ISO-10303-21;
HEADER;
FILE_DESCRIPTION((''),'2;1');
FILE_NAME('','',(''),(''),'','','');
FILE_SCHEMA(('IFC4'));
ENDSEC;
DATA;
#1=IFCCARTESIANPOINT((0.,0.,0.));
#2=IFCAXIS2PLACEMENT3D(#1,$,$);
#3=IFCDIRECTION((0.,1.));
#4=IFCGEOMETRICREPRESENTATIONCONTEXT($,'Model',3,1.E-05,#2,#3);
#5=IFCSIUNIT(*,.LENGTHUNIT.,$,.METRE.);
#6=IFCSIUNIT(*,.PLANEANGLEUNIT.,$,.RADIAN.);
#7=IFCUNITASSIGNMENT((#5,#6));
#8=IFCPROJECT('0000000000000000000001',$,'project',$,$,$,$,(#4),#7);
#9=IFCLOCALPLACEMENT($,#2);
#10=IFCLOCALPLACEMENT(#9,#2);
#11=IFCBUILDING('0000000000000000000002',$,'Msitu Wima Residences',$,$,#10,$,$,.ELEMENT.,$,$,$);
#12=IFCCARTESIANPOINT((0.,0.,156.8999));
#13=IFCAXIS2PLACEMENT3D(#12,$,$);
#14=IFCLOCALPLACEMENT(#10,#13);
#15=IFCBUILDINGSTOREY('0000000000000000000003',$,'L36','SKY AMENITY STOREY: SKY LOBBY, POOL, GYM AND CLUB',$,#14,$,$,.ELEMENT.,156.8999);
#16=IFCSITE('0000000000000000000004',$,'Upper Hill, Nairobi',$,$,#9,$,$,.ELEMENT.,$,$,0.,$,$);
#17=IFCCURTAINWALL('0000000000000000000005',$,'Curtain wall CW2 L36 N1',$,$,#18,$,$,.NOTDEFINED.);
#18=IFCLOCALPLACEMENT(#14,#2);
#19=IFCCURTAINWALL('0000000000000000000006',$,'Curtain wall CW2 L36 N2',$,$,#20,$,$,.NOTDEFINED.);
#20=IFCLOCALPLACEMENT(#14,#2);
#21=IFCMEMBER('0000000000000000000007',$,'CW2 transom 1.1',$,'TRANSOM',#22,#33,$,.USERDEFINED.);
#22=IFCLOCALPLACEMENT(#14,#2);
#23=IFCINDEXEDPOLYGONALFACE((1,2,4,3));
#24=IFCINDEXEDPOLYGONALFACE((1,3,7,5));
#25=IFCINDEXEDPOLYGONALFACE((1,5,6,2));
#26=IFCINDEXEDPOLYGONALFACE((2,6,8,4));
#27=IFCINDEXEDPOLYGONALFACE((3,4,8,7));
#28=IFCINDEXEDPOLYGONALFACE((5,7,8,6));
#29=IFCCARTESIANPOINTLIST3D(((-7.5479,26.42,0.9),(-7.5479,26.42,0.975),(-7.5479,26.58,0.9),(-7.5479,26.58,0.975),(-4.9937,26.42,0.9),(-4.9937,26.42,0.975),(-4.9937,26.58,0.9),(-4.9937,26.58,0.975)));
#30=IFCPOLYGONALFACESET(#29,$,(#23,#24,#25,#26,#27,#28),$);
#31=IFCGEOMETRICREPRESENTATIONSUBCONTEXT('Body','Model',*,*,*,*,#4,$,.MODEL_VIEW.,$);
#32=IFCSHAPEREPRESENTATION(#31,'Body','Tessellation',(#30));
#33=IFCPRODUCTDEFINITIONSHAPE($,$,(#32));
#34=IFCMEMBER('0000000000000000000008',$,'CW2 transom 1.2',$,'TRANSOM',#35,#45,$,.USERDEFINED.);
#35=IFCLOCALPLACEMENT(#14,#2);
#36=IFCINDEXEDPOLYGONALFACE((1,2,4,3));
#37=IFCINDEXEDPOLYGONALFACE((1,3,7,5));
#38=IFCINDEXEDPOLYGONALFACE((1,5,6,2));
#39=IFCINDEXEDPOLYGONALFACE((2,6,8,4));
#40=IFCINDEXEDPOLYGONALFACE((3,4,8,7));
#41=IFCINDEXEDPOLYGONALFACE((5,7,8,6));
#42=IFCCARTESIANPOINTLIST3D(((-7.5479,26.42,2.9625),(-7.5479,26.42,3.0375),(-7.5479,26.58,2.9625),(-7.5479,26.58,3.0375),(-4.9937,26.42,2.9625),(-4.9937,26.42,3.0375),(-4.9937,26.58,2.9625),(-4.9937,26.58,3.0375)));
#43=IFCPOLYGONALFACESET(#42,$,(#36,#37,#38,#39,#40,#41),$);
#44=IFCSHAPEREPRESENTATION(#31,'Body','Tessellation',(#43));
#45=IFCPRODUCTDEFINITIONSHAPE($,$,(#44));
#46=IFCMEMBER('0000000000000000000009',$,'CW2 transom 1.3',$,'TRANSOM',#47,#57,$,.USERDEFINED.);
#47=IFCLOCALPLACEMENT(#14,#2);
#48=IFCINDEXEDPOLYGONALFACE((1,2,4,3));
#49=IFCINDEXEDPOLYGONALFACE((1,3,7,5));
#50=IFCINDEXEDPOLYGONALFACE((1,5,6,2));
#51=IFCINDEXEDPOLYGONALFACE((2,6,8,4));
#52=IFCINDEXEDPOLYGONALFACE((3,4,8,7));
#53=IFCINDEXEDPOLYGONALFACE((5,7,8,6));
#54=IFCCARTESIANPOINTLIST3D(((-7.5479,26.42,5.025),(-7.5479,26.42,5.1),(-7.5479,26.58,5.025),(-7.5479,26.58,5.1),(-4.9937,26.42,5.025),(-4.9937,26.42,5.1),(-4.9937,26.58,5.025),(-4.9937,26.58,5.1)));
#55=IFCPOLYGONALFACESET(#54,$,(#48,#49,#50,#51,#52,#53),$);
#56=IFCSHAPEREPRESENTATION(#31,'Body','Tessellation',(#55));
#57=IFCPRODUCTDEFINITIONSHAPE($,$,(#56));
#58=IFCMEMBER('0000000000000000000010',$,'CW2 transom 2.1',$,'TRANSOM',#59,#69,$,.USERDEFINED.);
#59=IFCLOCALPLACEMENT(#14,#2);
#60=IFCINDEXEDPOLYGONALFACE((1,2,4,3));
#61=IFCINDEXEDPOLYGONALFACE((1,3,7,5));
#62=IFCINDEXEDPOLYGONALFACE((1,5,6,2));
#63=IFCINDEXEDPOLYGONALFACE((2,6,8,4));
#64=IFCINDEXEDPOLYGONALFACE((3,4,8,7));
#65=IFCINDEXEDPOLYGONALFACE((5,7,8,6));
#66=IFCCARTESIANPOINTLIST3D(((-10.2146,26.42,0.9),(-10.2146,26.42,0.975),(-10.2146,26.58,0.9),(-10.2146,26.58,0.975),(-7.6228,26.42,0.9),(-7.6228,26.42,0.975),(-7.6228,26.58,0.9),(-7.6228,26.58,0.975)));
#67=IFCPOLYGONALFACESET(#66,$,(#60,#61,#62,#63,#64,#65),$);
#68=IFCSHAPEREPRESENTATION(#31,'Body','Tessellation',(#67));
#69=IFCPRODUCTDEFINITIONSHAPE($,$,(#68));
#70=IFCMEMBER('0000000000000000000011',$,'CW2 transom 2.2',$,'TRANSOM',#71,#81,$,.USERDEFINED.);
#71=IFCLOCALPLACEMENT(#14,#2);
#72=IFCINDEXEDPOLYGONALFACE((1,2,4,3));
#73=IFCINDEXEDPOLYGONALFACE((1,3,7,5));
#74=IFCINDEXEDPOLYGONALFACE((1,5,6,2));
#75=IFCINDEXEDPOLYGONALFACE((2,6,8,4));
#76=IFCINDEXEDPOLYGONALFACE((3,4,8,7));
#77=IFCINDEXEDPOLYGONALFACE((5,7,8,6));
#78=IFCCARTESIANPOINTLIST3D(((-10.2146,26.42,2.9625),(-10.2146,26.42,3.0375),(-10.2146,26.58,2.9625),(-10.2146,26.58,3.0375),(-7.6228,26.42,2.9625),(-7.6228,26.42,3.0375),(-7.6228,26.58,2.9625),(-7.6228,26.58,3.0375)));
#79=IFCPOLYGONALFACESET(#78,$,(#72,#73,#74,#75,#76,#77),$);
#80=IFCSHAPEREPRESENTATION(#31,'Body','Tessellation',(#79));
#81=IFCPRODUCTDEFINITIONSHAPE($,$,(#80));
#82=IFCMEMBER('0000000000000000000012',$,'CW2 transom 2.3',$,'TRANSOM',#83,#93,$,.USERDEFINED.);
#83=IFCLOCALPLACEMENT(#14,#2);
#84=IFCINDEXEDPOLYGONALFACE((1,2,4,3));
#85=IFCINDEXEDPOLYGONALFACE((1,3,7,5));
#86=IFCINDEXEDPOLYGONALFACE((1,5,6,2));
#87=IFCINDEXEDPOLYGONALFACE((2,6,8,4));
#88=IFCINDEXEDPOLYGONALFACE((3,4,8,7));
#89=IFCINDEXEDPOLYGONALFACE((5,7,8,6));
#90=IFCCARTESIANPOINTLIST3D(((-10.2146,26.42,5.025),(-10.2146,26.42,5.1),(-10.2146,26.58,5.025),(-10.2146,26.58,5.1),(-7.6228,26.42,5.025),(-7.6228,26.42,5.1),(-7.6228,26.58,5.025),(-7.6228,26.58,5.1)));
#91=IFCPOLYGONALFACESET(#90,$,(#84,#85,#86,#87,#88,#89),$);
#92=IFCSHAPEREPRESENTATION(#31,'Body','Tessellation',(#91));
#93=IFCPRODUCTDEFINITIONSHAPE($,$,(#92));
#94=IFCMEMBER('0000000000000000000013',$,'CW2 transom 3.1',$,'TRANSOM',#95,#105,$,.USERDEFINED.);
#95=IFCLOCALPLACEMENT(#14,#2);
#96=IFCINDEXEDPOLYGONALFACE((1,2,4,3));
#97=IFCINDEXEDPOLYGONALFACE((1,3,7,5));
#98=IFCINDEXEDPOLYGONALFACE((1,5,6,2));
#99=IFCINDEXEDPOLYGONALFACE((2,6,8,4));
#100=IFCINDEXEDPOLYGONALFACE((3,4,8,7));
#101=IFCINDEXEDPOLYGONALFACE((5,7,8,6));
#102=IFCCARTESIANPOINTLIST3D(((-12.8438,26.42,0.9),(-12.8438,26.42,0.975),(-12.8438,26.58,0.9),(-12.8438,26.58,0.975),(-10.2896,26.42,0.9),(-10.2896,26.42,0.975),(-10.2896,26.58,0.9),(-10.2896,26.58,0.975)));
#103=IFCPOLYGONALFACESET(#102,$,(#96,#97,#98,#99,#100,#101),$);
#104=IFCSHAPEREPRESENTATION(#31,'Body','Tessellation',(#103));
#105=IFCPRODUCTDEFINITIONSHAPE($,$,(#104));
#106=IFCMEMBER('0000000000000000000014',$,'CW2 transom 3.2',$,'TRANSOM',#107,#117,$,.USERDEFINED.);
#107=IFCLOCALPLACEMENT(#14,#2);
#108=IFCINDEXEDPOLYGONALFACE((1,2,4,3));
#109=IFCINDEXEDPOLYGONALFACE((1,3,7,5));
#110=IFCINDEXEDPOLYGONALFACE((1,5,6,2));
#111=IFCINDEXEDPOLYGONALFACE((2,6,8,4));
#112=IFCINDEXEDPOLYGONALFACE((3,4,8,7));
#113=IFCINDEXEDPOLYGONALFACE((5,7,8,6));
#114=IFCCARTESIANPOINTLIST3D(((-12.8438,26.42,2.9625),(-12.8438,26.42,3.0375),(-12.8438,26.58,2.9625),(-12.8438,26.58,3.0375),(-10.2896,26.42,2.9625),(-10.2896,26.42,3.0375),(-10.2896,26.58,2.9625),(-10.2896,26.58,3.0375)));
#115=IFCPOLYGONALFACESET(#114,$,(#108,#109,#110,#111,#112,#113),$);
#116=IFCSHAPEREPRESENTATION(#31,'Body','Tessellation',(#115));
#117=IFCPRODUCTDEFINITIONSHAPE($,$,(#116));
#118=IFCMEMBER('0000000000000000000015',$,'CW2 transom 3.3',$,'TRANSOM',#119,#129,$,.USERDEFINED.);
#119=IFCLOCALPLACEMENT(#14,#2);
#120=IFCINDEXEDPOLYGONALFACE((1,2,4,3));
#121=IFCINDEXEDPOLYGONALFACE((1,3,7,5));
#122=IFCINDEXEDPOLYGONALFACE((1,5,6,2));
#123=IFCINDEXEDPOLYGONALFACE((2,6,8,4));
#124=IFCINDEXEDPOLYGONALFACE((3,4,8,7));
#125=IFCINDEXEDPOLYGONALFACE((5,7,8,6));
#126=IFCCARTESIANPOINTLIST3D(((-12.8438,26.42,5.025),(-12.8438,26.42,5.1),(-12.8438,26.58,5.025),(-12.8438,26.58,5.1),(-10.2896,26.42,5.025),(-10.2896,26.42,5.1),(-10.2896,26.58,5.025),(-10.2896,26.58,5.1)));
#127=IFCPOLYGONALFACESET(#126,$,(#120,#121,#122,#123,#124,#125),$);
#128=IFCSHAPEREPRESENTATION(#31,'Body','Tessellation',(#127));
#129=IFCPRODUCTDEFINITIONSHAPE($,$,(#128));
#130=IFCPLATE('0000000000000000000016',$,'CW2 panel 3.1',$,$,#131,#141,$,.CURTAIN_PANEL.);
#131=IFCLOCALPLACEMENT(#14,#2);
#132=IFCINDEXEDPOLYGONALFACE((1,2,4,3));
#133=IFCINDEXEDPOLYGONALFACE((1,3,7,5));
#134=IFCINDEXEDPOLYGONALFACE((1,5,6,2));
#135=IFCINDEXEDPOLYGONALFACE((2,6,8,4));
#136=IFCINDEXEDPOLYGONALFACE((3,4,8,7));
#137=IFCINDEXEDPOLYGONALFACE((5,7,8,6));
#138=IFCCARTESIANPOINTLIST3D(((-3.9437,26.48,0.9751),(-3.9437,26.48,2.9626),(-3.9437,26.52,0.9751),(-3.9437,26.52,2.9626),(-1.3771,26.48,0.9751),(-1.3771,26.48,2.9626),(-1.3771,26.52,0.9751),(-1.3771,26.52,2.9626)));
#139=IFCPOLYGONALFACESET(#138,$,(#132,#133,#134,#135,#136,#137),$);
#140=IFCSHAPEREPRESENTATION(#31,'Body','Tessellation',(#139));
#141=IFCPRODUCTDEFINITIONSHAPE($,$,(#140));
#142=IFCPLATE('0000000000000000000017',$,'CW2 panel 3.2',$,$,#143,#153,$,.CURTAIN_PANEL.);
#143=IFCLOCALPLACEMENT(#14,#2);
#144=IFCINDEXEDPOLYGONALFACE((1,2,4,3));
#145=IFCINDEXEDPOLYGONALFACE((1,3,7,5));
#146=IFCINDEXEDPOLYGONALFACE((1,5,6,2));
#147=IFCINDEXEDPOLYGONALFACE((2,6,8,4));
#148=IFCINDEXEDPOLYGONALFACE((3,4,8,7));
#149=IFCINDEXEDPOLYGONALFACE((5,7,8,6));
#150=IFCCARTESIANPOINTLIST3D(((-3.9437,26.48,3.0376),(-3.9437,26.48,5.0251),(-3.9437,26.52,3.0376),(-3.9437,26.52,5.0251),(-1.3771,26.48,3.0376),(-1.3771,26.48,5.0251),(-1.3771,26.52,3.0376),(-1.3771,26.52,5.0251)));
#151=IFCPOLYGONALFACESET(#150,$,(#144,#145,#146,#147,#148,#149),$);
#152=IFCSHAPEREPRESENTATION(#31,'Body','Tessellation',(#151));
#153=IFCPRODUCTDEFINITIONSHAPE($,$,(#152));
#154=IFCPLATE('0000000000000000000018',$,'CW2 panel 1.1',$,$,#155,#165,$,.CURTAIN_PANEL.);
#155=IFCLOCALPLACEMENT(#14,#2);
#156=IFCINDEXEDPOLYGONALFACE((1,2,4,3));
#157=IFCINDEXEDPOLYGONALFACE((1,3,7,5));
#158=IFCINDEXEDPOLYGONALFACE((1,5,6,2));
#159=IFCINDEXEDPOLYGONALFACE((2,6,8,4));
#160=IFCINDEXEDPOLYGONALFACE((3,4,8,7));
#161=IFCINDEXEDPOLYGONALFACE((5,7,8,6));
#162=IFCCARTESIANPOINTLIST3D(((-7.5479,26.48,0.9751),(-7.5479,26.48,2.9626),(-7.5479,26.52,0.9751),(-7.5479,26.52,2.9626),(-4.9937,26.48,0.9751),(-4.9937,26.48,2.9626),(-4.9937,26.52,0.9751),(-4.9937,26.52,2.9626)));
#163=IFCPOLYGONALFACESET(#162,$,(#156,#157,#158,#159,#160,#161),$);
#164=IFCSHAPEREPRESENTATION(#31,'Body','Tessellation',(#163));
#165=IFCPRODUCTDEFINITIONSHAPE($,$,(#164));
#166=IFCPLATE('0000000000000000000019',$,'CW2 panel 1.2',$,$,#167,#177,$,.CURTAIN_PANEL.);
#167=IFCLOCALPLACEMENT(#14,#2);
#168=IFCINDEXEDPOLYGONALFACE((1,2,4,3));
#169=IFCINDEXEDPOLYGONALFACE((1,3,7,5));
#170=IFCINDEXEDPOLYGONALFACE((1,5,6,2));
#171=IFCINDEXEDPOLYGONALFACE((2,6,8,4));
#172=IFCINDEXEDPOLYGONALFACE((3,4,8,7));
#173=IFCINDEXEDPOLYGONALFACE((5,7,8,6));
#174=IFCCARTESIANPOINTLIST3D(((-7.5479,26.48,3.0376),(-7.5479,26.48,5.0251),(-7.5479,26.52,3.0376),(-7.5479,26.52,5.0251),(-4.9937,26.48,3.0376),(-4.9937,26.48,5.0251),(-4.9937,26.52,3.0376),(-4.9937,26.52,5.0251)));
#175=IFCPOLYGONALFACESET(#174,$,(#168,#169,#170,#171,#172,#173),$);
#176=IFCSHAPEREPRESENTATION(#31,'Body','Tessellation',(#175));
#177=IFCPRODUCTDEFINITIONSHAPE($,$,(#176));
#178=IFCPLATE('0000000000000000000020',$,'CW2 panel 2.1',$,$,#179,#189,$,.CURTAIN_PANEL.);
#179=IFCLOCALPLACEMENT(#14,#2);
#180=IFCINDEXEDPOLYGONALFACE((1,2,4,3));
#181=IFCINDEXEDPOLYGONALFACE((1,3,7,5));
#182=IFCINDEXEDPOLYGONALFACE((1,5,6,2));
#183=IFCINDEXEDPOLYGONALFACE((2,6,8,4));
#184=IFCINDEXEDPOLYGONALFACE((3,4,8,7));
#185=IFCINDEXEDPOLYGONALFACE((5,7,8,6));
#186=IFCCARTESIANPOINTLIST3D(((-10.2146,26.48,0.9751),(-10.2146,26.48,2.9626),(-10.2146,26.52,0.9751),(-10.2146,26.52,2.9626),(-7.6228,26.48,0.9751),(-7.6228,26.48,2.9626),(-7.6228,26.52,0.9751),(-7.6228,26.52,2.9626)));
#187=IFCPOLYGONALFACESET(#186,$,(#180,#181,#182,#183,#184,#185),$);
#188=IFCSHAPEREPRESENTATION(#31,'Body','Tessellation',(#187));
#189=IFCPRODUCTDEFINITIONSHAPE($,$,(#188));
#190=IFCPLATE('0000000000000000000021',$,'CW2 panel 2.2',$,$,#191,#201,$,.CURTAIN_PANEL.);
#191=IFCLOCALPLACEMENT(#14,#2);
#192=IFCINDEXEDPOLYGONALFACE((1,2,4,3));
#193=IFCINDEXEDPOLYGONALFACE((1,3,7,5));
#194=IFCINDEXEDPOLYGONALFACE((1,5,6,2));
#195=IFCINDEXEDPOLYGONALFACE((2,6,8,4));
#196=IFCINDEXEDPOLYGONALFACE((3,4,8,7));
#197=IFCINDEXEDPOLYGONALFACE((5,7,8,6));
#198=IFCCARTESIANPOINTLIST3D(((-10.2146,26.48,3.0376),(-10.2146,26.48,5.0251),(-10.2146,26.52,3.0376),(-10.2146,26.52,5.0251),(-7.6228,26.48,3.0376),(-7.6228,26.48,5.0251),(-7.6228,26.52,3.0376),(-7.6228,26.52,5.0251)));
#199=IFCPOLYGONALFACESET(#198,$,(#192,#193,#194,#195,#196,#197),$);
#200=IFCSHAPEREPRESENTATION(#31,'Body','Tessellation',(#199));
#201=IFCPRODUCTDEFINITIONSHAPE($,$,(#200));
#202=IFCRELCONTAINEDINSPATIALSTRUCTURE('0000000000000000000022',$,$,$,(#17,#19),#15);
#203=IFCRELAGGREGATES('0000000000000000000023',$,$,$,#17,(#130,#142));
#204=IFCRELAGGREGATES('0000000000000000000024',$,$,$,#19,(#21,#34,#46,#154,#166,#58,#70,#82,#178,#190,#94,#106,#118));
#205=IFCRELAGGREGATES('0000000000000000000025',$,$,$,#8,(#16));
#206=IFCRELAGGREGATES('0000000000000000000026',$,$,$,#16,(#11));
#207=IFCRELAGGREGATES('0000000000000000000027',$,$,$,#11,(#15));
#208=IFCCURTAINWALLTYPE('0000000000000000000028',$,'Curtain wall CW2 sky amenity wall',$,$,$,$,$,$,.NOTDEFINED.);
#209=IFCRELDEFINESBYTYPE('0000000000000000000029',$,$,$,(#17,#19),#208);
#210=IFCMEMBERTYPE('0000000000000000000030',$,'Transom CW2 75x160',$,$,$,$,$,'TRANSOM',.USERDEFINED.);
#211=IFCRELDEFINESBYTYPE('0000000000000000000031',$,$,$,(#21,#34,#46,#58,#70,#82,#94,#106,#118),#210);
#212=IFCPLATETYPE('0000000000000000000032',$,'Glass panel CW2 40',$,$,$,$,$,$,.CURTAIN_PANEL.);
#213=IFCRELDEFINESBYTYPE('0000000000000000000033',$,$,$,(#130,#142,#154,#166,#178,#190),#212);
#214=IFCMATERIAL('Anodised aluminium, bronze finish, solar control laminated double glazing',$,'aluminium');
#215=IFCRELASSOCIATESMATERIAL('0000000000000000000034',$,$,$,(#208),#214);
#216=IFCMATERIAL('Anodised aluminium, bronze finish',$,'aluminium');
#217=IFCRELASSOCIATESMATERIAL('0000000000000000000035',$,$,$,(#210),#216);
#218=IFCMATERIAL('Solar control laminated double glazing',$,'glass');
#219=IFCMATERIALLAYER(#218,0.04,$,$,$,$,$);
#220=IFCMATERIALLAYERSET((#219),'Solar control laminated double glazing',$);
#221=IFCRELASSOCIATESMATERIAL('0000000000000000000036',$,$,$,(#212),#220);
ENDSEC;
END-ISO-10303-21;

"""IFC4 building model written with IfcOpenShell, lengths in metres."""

from ifc_helpers import new_model, si_unit, direction, frame, origin, origin_2d, place, context, subcontext, project, spatial, rectangle, extrude, material, layer, layer_set, material_profile, profile_set, type_object, element, aggregate, save


model = new_model("IFC4")

# Units and contexts
model_context = context("Model", 3, precision=1e-05, world=origin(), true_north=direction((0.0, 1.0)))
body_context = subcontext(model_context, "Body", "Model", "MODEL_VIEW")
ifc_project = project(units=[si_unit("LENGTHUNIT", "METRE"), si_unit("PLANEANGLEUNIT", "RADIAN")], contexts=[model_context])

# Site, building, storey
site_placement = place(None, origin())
site = spatial("IfcSite", under=ifc_project, at=site_placement, Name="Upper Hill, Nairobi", CompositionType="ELEMENT", RefElevation=0.0)
building_placement = place(site_placement, origin())
building = spatial("IfcBuilding", under=site, at=building_placement, Name="Msitu Wima Residences", CompositionType="ELEMENT")
storey_placement = place(building_placement, frame((0.0, 0.0, 156.8999)))
storey = spatial("IfcBuildingStorey", under=building, at=storey_placement, Name="L36", Description="SKY AMENITY STOREY: SKY LOBBY, POOL, GYM AND CLUB", CompositionType="ELEMENT", Elevation=156.8999)

# Curtain walls
ifc_material_1 = material(Name="Anodised aluminium, bronze finish, solar control laminated double glazing", Category="aluminium")
curtain_wall_type = type_object("IfcCurtainWallType", Name="Curtain wall CW2 sky amenity wall", PredefinedType="NOTDEFINED", material=ifc_material_1)
curtain_wall_1_placement = place(storey_placement, origin())
curtain_wall_1 = element("IfcCurtainWall", 1, at=curtain_wall_1_placement, inside=storey, type_object=curtain_wall_type, Name="Curtain wall CW2 L36 N1", PredefinedType="NOTDEFINED")
ifc_material_2 = material(Name="Anodised aluminium, bronze finish", Category="aluminium")
curtain_wall_2_placement = place(storey_placement, origin())
curtain_wall_2 = element("IfcCurtainWall", 2, at=curtain_wall_2_placement, inside=storey, type_object=curtain_wall_type, Name="Curtain wall CW2 L36 N2", PredefinedType="NOTDEFINED")

# Members
ifc_material_profile_1 = material_profile(ifc_material_2, rectangle(XDim=0.1599, YDim=0.075, at=origin_2d()), Name="Transom 75x160")
ifc_profile_set_1 = profile_set([ifc_material_profile_1], Name="Anodised aluminium, bronze finish")
member_type_1 = type_object("IfcMemberType", Name="Transom CW2 75x160", ElementType="TRANSOM", PredefinedType="USERDEFINED", material=ifc_profile_set_1)
member_1_placement = place(storey_placement, frame((-4.9937, 26.5, 0.9375), z_axis=(-1.0, 0.0, 0.0), x_axis=(0.0, -1.0, 0.0)))
member_1 = element("IfcMember", 3, at=member_1_placement, type_object=member_type_1, Name="CW2 transom 1.1", ObjectType="TRANSOM", PredefinedType="USERDEFINED", context=body_context, shape_type="SweptSolid", body=[
    extrude(rectangle(XDim=0.1599, YDim=0.075, at=origin_2d()), origin(), (0.0, 0.0, 1.0), 2.5542),
])
member_2_placement = place(storey_placement, frame((-4.9937, 26.5, 3.0), z_axis=(-1.0, 0.0, 0.0), x_axis=(0.0, -1.0, 0.0)))
member_2 = element("IfcMember", 4, at=member_2_placement, type_object=member_type_1, Name="CW2 transom 1.2", ObjectType="TRANSOM", PredefinedType="USERDEFINED", context=body_context, shape_type="SweptSolid", body=[
    extrude(rectangle(XDim=0.1599, YDim=0.075, at=origin_2d()), origin(), (0.0, 0.0, 1.0), 2.5542),
])
member_3_placement = place(storey_placement, frame((-4.9937, 26.5, 5.0625), z_axis=(-1.0, 0.0, 0.0), x_axis=(0.0, -1.0, 0.0)))
member_3 = element("IfcMember", 5, at=member_3_placement, type_object=member_type_1, Name="CW2 transom 1.3", ObjectType="TRANSOM", PredefinedType="USERDEFINED", context=body_context, shape_type="SweptSolid", body=[
    extrude(rectangle(XDim=0.1599, YDim=0.075, at=origin_2d()), origin(), (0.0, 0.0, 1.0), 2.5542),
])
member_4_placement = place(storey_placement, frame((-7.6228, 26.5, 0.9375), z_axis=(-1.0, 0.0, 0.0), x_axis=(0.0, -1.0, 0.0)))
member_4 = element("IfcMember", 6, at=member_4_placement, type_object=member_type_1, Name="CW2 transom 2.1", ObjectType="TRANSOM", PredefinedType="USERDEFINED", context=body_context, shape_type="SweptSolid", body=[
    extrude(rectangle(XDim=0.1599, YDim=0.075, at=origin_2d()), origin(), (0.0, 0.0, 1.0), 2.5918),
])
member_5_placement = place(storey_placement, frame((-7.6228, 26.5, 3.0), z_axis=(-1.0, 0.0, 0.0), x_axis=(0.0, -1.0, 0.0)))
member_5 = element("IfcMember", 7, at=member_5_placement, type_object=member_type_1, Name="CW2 transom 2.2", ObjectType="TRANSOM", PredefinedType="USERDEFINED", context=body_context, shape_type="SweptSolid", body=[
    extrude(rectangle(XDim=0.1599, YDim=0.075, at=origin_2d()), origin(), (0.0, 0.0, 1.0), 2.5918),
])
member_6_placement = place(storey_placement, frame((-7.6228, 26.5, 5.0625), z_axis=(-1.0, 0.0, 0.0), x_axis=(0.0, -1.0, 0.0)))
member_6 = element("IfcMember", 8, at=member_6_placement, type_object=member_type_1, Name="CW2 transom 2.3", ObjectType="TRANSOM", PredefinedType="USERDEFINED", context=body_context, shape_type="SweptSolid", body=[
    extrude(rectangle(XDim=0.1599, YDim=0.075, at=origin_2d()), origin(), (0.0, 0.0, 1.0), 2.5918),
])
member_7_placement = place(storey_placement, frame((-10.2896, 26.5, 0.9375), z_axis=(-1.0, 0.0, 0.0), x_axis=(0.0, -1.0, 0.0)))
member_7 = element("IfcMember", 9, at=member_7_placement, type_object=member_type_1, Name="CW2 transom 3.1", ObjectType="TRANSOM", PredefinedType="USERDEFINED", context=body_context, shape_type="SweptSolid", body=[
    extrude(rectangle(XDim=0.1599, YDim=0.075, at=origin_2d()), origin(), (0.0, 0.0, 1.0), 2.5542),
])
member_8_placement = place(storey_placement, frame((-10.2896, 26.5, 3.0), z_axis=(-1.0, 0.0, 0.0), x_axis=(0.0, -1.0, 0.0)))
member_8 = element("IfcMember", 10, at=member_8_placement, type_object=member_type_1, Name="CW2 transom 3.2", ObjectType="TRANSOM", PredefinedType="USERDEFINED", context=body_context, shape_type="SweptSolid", body=[
    extrude(rectangle(XDim=0.1599, YDim=0.075, at=origin_2d()), origin(), (0.0, 0.0, 1.0), 2.5542),
])
member_9_placement = place(storey_placement, frame((-10.2896, 26.5, 5.0625), z_axis=(-1.0, 0.0, 0.0), x_axis=(0.0, -1.0, 0.0)))
member_9 = element("IfcMember", 11, at=member_9_placement, type_object=member_type_1, Name="CW2 transom 3.3", ObjectType="TRANSOM", PredefinedType="USERDEFINED", context=body_context, shape_type="SweptSolid", body=[
    extrude(rectangle(XDim=0.1599, YDim=0.075, at=origin_2d()), origin(), (0.0, 0.0, 1.0), 2.5542),
])

# Plates
ifc_material_3 = material(Name="Solar control laminated double glazing", Category="glass")
ifc_layer_1 = layer(ifc_material_3, 0.04)
ifc_layer_set_1 = layer_set([ifc_layer_1], Name="Solar control laminated double glazing")
plate_type = type_object("IfcPlateType", Name="Glass panel CW2 40", PredefinedType="CURTAIN_PANEL", material=ifc_layer_set_1)
plate_1_placement = place(storey_placement, frame((-2.6604, 26.5, 0.9751), z_axis=(0.0, 0.0, 1.0), x_axis=(-1.0, 0.0, 0.0)))
plate_1 = element("IfcPlate", 12, at=plate_1_placement, type_object=plate_type, Name="CW2 panel 3.1", PredefinedType="CURTAIN_PANEL", context=body_context, shape_type="SweptSolid", body=[
    extrude(rectangle(XDim=2.5667, YDim=0.04, at=origin_2d()), origin(), (0.0, 0.0, 1.0), 1.9875),
])
plate_2_placement = place(storey_placement, frame((-2.6604, 26.5, 3.0376), z_axis=(0.0, 0.0, 1.0), x_axis=(-1.0, 0.0, 0.0)))
plate_2 = element("IfcPlate", 13, at=plate_2_placement, type_object=plate_type, Name="CW2 panel 3.2", PredefinedType="CURTAIN_PANEL", context=body_context, shape_type="SweptSolid", body=[
    extrude(rectangle(XDim=2.5667, YDim=0.04, at=origin_2d()), origin(), (0.0, 0.0, 1.0), 1.9875),
])
aggregate(curtain_wall_1, [plate_1, plate_2])
plate_3_placement = place(storey_placement, frame((-6.2708, 26.5, 0.9751), z_axis=(0.0, 0.0, 1.0), x_axis=(-1.0, 0.0, 0.0)))
plate_3 = element("IfcPlate", 14, at=plate_3_placement, type_object=plate_type, Name="CW2 panel 1.1", PredefinedType="CURTAIN_PANEL", context=body_context, shape_type="SweptSolid", body=[
    extrude(rectangle(XDim=2.5542, YDim=0.04, at=origin_2d()), origin(), (0.0, 0.0, 1.0), 1.9875),
])
plate_4_placement = place(storey_placement, frame((-6.2708, 26.5, 3.0376), z_axis=(0.0, 0.0, 1.0), x_axis=(-1.0, 0.0, 0.0)))
plate_4 = element("IfcPlate", 15, at=plate_4_placement, type_object=plate_type, Name="CW2 panel 1.2", PredefinedType="CURTAIN_PANEL", context=body_context, shape_type="SweptSolid", body=[
    extrude(rectangle(XDim=2.5542, YDim=0.04, at=origin_2d()), origin(), (0.0, 0.0, 1.0), 1.9875),
])
plate_5_placement = place(storey_placement, frame((-8.9187, 26.5, 0.9751), z_axis=(0.0, 0.0, 1.0), x_axis=(-1.0, 0.0, 0.0)))
plate_5 = element("IfcPlate", 16, at=plate_5_placement, type_object=plate_type, Name="CW2 panel 2.1", PredefinedType="CURTAIN_PANEL", context=body_context, shape_type="SweptSolid", body=[
    extrude(rectangle(XDim=2.5918, YDim=0.04, at=origin_2d()), origin(), (0.0, 0.0, 1.0), 1.9875),
])
plate_6_placement = place(storey_placement, frame((-8.9187, 26.5, 3.0376), z_axis=(0.0, 0.0, 1.0), x_axis=(-1.0, 0.0, 0.0)))
plate_6 = element("IfcPlate", 17, at=plate_6_placement, type_object=plate_type, Name="CW2 panel 2.2", PredefinedType="CURTAIN_PANEL", context=body_context, shape_type="SweptSolid", body=[
    extrude(rectangle(XDim=2.5918, YDim=0.04, at=origin_2d()), origin(), (0.0, 0.0, 1.0), 1.9875),
])
aggregate(curtain_wall_2, [member_1, member_2, member_3, plate_3, plate_4, member_4, member_5, member_6, plate_5, plate_6, member_7, member_8, member_9])

save(model, "model.ifc")
